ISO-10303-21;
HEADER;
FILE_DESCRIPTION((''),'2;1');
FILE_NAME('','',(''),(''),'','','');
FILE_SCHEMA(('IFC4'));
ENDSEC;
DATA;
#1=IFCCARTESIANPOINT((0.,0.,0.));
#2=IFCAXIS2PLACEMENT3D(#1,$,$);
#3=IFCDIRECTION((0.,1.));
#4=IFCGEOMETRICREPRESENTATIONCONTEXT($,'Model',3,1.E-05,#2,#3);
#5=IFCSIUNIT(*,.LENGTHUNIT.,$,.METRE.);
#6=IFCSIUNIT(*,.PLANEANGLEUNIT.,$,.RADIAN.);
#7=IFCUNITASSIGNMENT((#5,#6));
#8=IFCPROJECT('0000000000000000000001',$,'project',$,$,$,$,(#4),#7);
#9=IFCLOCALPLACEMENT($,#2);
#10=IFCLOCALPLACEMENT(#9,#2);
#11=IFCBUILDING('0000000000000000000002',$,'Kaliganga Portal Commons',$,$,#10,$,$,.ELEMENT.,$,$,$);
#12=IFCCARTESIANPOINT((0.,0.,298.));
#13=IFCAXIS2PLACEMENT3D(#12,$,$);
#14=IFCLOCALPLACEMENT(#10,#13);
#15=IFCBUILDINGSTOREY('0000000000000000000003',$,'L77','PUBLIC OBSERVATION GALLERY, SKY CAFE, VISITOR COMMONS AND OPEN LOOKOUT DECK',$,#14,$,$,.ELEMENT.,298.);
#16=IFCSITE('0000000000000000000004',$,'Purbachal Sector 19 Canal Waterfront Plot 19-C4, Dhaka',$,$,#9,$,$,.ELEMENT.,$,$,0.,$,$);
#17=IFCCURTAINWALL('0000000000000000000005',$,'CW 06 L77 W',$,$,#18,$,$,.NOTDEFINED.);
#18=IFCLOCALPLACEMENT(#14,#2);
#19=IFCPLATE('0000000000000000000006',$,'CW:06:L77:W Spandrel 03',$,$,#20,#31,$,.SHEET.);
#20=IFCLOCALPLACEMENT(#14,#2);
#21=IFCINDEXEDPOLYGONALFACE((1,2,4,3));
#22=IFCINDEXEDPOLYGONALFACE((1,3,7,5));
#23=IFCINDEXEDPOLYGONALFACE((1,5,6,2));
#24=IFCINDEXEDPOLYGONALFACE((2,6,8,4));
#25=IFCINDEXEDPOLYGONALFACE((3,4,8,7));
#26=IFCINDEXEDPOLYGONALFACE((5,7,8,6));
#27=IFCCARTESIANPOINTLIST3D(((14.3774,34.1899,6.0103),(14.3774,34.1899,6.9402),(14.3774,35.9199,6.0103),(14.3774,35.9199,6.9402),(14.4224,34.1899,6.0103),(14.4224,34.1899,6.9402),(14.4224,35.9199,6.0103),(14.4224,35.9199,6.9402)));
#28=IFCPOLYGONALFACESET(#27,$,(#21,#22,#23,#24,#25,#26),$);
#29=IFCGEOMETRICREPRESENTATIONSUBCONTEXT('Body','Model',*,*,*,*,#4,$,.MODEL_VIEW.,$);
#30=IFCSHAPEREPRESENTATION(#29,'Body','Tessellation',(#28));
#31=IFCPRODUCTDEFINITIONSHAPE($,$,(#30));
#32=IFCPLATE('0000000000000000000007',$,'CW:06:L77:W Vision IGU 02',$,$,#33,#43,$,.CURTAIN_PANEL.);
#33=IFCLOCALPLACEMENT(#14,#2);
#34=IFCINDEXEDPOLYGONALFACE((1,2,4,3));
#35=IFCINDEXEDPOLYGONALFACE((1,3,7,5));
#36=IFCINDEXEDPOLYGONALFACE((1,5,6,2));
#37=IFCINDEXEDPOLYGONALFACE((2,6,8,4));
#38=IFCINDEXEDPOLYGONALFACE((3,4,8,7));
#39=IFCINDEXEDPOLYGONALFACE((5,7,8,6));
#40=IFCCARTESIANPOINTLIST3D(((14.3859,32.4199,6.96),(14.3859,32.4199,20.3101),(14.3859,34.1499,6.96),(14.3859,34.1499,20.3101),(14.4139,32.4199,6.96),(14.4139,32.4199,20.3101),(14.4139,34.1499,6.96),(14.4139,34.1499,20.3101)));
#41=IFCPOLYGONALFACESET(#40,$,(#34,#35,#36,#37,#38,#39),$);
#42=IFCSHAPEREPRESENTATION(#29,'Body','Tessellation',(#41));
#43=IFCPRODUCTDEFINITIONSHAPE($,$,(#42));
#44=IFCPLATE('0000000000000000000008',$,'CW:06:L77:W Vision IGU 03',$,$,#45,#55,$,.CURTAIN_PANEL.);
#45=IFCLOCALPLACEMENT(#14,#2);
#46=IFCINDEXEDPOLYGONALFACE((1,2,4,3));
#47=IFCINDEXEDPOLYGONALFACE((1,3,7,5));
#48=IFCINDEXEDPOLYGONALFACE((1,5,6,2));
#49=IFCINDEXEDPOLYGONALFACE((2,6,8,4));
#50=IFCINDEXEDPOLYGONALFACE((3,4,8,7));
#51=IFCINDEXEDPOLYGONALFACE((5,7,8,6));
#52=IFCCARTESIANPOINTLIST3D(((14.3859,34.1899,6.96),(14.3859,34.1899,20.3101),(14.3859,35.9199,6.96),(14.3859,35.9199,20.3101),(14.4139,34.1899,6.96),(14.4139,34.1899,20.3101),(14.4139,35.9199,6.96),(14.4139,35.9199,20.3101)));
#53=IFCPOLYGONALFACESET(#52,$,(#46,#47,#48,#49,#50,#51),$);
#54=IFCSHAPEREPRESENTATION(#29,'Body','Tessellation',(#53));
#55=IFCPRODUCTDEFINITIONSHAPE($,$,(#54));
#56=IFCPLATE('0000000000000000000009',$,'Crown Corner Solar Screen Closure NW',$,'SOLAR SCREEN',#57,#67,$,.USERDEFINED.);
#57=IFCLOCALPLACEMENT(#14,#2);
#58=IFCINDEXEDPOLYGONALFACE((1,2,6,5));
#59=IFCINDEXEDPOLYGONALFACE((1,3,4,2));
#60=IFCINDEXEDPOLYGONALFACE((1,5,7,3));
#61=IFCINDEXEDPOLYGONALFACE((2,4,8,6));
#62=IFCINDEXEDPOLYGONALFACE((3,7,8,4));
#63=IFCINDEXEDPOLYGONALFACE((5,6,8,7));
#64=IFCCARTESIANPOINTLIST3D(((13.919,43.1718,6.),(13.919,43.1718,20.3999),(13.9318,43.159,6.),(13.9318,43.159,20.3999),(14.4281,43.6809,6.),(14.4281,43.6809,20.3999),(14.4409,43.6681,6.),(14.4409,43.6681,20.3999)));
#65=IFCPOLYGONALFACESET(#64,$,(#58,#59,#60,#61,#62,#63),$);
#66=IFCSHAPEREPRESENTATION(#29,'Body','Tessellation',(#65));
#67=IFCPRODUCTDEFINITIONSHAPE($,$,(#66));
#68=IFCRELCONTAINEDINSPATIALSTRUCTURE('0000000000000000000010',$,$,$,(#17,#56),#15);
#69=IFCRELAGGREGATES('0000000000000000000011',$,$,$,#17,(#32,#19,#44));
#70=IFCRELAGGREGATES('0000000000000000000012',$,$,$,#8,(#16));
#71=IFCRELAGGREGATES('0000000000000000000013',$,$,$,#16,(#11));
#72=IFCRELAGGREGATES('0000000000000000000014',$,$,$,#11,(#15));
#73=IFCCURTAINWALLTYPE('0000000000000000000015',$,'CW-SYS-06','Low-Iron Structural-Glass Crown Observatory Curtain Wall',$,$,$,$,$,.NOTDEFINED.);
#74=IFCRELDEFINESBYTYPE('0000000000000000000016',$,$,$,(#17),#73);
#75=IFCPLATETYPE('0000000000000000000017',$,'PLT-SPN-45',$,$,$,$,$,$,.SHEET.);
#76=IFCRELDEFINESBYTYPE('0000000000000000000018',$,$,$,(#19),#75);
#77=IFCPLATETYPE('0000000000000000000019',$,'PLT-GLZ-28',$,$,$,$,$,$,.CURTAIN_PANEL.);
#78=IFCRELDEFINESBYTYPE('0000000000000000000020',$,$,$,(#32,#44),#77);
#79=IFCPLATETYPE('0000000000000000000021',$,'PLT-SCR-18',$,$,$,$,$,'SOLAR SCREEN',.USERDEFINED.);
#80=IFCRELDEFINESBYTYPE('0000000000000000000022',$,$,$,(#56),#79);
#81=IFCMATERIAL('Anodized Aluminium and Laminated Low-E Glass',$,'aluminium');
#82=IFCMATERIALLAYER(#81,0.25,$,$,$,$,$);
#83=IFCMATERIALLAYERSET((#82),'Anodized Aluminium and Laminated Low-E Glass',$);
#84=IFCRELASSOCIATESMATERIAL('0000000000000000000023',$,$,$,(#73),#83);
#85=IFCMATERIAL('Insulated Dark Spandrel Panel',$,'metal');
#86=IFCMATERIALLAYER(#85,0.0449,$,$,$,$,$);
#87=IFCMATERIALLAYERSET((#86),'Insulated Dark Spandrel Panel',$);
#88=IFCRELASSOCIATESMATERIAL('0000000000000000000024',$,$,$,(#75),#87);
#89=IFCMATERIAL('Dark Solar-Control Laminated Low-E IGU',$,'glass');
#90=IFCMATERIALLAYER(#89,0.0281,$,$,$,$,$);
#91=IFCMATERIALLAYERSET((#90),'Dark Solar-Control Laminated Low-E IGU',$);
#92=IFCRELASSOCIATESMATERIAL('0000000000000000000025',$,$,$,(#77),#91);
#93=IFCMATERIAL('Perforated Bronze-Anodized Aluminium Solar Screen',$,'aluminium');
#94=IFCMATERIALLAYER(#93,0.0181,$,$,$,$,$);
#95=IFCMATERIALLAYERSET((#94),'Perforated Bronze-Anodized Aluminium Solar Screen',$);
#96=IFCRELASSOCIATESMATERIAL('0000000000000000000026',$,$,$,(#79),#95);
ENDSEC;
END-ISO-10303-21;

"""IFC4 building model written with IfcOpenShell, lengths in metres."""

from ifc_helpers import new_model, si_unit, direction, frame, origin, origin_2d, place, context, subcontext, project, spatial, rectangle, extrude, source, transform, mapped, material, layer, layer_set, type_object, element, aggregate, save


model = new_model("IFC4")

# Units and contexts
model_context = context("Model", 3, precision=1e-05, world=origin(), true_north=direction((0.0, 1.0)))
body_context = subcontext(model_context, "Body", "Model", "MODEL_VIEW")
ifc_project = project(units=[si_unit("LENGTHUNIT", "METRE"), si_unit("PLANEANGLEUNIT", "RADIAN")], contexts=[model_context])

# Site, building, storey
site_placement = place(None, origin())
site = spatial("IfcSite", under=ifc_project, at=site_placement, Name="Purbachal Sector 19 Canal Waterfront Plot 19-C4, Dhaka", CompositionType="ELEMENT", RefElevation=0.0)
building_placement = place(site_placement, origin())
building = spatial("IfcBuilding", under=site, at=building_placement, Name="Kaliganga Portal Commons", CompositionType="ELEMENT")
storey_placement = place(building_placement, frame((0.0, 0.0, 298.0)))
storey = spatial("IfcBuildingStorey", under=building, at=storey_placement, Name="L77", Description="PUBLIC OBSERVATION GALLERY, SKY CAFE, VISITOR COMMONS AND OPEN LOOKOUT DECK", CompositionType="ELEMENT", Elevation=298.0)

# Shared definitions
ifc_material_1 = material(Name="Anodized Aluminium and Laminated Low-E Glass", Category="aluminium")
ifc_layer_1 = layer(ifc_material_1, 0.25)
ifc_layer_set_1 = layer_set([ifc_layer_1], Name="Anodized Aluminium and Laminated Low-E Glass")
curtain_wall_type = type_object("IfcCurtainWallType", Name="CW-SYS-06", Description="Low-Iron Structural-Glass Crown Observatory Curtain Wall", PredefinedType="NOTDEFINED", material=ifc_layer_set_1)

# Shared definitions
ifc_material_2 = material(Name="Insulated Dark Spandrel Panel", Category="metal")
ifc_layer_2 = layer(ifc_material_2, 0.0449)
ifc_layer_set_2 = layer_set([ifc_layer_2], Name="Insulated Dark Spandrel Panel")
plate_type_1 = type_object("IfcPlateType", Name="PLT-SPN-45", PredefinedType="SHEET", material=ifc_layer_set_2)
ifc_material_3 = material(Name="Dark Solar-Control Laminated Low-E IGU", Category="glass")
ifc_layer_3 = layer(ifc_material_3, 0.0281)
ifc_layer_set_3 = layer_set([ifc_layer_3], Name="Dark Solar-Control Laminated Low-E IGU")
plate_type_2 = type_object("IfcPlateType", Name="PLT-GLZ-28", PredefinedType="CURTAIN_PANEL", material=ifc_layer_set_3)

# Curtain wall, plates
curtain_wall_1_placement = place(storey_placement, origin())
curtain_wall_1 = element("IfcCurtainWall", 1, at=curtain_wall_1_placement, inside=storey, type_object=curtain_wall_type, Name="CW 06 L77 W", PredefinedType="NOTDEFINED")
shared_shape_1 = source(origin(), body_context, "Body", "SweptSolid", [
    extrude(rectangle(XDim=1.73, YDim=0.0449, at=origin_2d()), origin(), (0.0, 0.0, 1.0), 0.9299),
])
plate_1_placement = place(storey_placement, frame((14.3999, 35.0549, 6.0103), z_axis=(0.0, 0.0, 1.0), x_axis=(0.0, 1.0, 0.0)))
plate_1 = element("IfcPlate", 2, at=plate_1_placement, type_object=plate_type_1, Name="CW:06:L77:W Spandrel 03", PredefinedType="SHEET", context=body_context, shape_type="MappedRepresentation", body=[
    mapped(shared_shape_1, transform((0.0, 0.0, 0.0), x_axis=(1.0, 0.0, 0.0), y_axis=(0.0, 1.0, 0.0), z_axis=(0.0, 0.0, 1.0), scale=1.0)),
])
shared_shape_2 = source(origin(), body_context, "Body", "SweptSolid", [
    extrude(rectangle(XDim=1.73, YDim=0.0281, at=origin_2d()), origin(), (0.0, 0.0, 1.0), 13.3501),
])
plate_2_placement = place(storey_placement, frame((14.3999, 33.2849, 6.96), z_axis=(0.0, 0.0, 1.0), x_axis=(0.0, 1.0, 0.0)))
plate_2 = element("IfcPlate", 3, at=plate_2_placement, type_object=plate_type_2, Name="CW:06:L77:W Vision IGU 02", PredefinedType="CURTAIN_PANEL", context=body_context, shape_type="MappedRepresentation", body=[
    mapped(shared_shape_2, transform((0.0, 0.0, 0.0), x_axis=(1.0, 0.0, 0.0), y_axis=(0.0, 1.0, 0.0), z_axis=(0.0, 0.0, 1.0), scale=1.0)),
])
plate_3_placement = place(storey_placement, frame((14.3999, 35.0549, 6.96), z_axis=(0.0, 0.0, 1.0), x_axis=(0.0, 1.0, 0.0)))
plate_3 = element("IfcPlate", 4, at=plate_3_placement, type_object=plate_type_2, Name="CW:06:L77:W Vision IGU 03", PredefinedType="CURTAIN_PANEL", context=body_context, shape_type="MappedRepresentation", body=[
    mapped(shared_shape_2, transform((0.0, 0.0, 0.0), x_axis=(1.0, 0.0, 0.0), y_axis=(0.0, 1.0, 0.0), z_axis=(0.0, 0.0, 1.0), scale=1.0)),
])
aggregate(curtain_wall_1, [plate_2, plate_1, plate_3])

# Plate
ifc_material_4 = material(Name="Perforated Bronze-Anodized Aluminium Solar Screen", Category="aluminium")
ifc_layer_4 = layer(ifc_material_4, 0.0181)
ifc_layer_set_4 = layer_set([ifc_layer_4], Name="Perforated Bronze-Anodized Aluminium Solar Screen")
plate_type_3 = type_object("IfcPlateType", Name="PLT-SCR-18", ElementType="SOLAR SCREEN", PredefinedType="USERDEFINED", material=ifc_layer_set_4)
shared_shape_3 = source(origin(), body_context, "Body", "SweptSolid", [
    extrude(rectangle(XDim=0.72, YDim=0.0181, at=origin_2d()), origin(), (0.0, 0.0, 1.0), 14.3999),
])
plate_4_placement = place(storey_placement, frame((14.1799, 43.4199, 6.0), z_axis=(0.0, 0.0, 1.0), x_axis=(0.707107, 0.707107, 0.0)))
element("IfcPlate", 5, at=plate_4_placement, inside=storey, type_object=plate_type_3, Name="Crown Corner Solar Screen Closure NW", ObjectType="SOLAR SCREEN", PredefinedType="USERDEFINED", context=body_context, shape_type="MappedRepresentation", body=[
    mapped(shared_shape_3, transform((0.0, 0.0, 0.0), x_axis=(1.0, 0.0, 0.0), y_axis=(0.0, 1.0, 0.0), z_axis=(0.0, 0.0, 1.0), scale=1.0)),
])

save(model, "model.ifc")
